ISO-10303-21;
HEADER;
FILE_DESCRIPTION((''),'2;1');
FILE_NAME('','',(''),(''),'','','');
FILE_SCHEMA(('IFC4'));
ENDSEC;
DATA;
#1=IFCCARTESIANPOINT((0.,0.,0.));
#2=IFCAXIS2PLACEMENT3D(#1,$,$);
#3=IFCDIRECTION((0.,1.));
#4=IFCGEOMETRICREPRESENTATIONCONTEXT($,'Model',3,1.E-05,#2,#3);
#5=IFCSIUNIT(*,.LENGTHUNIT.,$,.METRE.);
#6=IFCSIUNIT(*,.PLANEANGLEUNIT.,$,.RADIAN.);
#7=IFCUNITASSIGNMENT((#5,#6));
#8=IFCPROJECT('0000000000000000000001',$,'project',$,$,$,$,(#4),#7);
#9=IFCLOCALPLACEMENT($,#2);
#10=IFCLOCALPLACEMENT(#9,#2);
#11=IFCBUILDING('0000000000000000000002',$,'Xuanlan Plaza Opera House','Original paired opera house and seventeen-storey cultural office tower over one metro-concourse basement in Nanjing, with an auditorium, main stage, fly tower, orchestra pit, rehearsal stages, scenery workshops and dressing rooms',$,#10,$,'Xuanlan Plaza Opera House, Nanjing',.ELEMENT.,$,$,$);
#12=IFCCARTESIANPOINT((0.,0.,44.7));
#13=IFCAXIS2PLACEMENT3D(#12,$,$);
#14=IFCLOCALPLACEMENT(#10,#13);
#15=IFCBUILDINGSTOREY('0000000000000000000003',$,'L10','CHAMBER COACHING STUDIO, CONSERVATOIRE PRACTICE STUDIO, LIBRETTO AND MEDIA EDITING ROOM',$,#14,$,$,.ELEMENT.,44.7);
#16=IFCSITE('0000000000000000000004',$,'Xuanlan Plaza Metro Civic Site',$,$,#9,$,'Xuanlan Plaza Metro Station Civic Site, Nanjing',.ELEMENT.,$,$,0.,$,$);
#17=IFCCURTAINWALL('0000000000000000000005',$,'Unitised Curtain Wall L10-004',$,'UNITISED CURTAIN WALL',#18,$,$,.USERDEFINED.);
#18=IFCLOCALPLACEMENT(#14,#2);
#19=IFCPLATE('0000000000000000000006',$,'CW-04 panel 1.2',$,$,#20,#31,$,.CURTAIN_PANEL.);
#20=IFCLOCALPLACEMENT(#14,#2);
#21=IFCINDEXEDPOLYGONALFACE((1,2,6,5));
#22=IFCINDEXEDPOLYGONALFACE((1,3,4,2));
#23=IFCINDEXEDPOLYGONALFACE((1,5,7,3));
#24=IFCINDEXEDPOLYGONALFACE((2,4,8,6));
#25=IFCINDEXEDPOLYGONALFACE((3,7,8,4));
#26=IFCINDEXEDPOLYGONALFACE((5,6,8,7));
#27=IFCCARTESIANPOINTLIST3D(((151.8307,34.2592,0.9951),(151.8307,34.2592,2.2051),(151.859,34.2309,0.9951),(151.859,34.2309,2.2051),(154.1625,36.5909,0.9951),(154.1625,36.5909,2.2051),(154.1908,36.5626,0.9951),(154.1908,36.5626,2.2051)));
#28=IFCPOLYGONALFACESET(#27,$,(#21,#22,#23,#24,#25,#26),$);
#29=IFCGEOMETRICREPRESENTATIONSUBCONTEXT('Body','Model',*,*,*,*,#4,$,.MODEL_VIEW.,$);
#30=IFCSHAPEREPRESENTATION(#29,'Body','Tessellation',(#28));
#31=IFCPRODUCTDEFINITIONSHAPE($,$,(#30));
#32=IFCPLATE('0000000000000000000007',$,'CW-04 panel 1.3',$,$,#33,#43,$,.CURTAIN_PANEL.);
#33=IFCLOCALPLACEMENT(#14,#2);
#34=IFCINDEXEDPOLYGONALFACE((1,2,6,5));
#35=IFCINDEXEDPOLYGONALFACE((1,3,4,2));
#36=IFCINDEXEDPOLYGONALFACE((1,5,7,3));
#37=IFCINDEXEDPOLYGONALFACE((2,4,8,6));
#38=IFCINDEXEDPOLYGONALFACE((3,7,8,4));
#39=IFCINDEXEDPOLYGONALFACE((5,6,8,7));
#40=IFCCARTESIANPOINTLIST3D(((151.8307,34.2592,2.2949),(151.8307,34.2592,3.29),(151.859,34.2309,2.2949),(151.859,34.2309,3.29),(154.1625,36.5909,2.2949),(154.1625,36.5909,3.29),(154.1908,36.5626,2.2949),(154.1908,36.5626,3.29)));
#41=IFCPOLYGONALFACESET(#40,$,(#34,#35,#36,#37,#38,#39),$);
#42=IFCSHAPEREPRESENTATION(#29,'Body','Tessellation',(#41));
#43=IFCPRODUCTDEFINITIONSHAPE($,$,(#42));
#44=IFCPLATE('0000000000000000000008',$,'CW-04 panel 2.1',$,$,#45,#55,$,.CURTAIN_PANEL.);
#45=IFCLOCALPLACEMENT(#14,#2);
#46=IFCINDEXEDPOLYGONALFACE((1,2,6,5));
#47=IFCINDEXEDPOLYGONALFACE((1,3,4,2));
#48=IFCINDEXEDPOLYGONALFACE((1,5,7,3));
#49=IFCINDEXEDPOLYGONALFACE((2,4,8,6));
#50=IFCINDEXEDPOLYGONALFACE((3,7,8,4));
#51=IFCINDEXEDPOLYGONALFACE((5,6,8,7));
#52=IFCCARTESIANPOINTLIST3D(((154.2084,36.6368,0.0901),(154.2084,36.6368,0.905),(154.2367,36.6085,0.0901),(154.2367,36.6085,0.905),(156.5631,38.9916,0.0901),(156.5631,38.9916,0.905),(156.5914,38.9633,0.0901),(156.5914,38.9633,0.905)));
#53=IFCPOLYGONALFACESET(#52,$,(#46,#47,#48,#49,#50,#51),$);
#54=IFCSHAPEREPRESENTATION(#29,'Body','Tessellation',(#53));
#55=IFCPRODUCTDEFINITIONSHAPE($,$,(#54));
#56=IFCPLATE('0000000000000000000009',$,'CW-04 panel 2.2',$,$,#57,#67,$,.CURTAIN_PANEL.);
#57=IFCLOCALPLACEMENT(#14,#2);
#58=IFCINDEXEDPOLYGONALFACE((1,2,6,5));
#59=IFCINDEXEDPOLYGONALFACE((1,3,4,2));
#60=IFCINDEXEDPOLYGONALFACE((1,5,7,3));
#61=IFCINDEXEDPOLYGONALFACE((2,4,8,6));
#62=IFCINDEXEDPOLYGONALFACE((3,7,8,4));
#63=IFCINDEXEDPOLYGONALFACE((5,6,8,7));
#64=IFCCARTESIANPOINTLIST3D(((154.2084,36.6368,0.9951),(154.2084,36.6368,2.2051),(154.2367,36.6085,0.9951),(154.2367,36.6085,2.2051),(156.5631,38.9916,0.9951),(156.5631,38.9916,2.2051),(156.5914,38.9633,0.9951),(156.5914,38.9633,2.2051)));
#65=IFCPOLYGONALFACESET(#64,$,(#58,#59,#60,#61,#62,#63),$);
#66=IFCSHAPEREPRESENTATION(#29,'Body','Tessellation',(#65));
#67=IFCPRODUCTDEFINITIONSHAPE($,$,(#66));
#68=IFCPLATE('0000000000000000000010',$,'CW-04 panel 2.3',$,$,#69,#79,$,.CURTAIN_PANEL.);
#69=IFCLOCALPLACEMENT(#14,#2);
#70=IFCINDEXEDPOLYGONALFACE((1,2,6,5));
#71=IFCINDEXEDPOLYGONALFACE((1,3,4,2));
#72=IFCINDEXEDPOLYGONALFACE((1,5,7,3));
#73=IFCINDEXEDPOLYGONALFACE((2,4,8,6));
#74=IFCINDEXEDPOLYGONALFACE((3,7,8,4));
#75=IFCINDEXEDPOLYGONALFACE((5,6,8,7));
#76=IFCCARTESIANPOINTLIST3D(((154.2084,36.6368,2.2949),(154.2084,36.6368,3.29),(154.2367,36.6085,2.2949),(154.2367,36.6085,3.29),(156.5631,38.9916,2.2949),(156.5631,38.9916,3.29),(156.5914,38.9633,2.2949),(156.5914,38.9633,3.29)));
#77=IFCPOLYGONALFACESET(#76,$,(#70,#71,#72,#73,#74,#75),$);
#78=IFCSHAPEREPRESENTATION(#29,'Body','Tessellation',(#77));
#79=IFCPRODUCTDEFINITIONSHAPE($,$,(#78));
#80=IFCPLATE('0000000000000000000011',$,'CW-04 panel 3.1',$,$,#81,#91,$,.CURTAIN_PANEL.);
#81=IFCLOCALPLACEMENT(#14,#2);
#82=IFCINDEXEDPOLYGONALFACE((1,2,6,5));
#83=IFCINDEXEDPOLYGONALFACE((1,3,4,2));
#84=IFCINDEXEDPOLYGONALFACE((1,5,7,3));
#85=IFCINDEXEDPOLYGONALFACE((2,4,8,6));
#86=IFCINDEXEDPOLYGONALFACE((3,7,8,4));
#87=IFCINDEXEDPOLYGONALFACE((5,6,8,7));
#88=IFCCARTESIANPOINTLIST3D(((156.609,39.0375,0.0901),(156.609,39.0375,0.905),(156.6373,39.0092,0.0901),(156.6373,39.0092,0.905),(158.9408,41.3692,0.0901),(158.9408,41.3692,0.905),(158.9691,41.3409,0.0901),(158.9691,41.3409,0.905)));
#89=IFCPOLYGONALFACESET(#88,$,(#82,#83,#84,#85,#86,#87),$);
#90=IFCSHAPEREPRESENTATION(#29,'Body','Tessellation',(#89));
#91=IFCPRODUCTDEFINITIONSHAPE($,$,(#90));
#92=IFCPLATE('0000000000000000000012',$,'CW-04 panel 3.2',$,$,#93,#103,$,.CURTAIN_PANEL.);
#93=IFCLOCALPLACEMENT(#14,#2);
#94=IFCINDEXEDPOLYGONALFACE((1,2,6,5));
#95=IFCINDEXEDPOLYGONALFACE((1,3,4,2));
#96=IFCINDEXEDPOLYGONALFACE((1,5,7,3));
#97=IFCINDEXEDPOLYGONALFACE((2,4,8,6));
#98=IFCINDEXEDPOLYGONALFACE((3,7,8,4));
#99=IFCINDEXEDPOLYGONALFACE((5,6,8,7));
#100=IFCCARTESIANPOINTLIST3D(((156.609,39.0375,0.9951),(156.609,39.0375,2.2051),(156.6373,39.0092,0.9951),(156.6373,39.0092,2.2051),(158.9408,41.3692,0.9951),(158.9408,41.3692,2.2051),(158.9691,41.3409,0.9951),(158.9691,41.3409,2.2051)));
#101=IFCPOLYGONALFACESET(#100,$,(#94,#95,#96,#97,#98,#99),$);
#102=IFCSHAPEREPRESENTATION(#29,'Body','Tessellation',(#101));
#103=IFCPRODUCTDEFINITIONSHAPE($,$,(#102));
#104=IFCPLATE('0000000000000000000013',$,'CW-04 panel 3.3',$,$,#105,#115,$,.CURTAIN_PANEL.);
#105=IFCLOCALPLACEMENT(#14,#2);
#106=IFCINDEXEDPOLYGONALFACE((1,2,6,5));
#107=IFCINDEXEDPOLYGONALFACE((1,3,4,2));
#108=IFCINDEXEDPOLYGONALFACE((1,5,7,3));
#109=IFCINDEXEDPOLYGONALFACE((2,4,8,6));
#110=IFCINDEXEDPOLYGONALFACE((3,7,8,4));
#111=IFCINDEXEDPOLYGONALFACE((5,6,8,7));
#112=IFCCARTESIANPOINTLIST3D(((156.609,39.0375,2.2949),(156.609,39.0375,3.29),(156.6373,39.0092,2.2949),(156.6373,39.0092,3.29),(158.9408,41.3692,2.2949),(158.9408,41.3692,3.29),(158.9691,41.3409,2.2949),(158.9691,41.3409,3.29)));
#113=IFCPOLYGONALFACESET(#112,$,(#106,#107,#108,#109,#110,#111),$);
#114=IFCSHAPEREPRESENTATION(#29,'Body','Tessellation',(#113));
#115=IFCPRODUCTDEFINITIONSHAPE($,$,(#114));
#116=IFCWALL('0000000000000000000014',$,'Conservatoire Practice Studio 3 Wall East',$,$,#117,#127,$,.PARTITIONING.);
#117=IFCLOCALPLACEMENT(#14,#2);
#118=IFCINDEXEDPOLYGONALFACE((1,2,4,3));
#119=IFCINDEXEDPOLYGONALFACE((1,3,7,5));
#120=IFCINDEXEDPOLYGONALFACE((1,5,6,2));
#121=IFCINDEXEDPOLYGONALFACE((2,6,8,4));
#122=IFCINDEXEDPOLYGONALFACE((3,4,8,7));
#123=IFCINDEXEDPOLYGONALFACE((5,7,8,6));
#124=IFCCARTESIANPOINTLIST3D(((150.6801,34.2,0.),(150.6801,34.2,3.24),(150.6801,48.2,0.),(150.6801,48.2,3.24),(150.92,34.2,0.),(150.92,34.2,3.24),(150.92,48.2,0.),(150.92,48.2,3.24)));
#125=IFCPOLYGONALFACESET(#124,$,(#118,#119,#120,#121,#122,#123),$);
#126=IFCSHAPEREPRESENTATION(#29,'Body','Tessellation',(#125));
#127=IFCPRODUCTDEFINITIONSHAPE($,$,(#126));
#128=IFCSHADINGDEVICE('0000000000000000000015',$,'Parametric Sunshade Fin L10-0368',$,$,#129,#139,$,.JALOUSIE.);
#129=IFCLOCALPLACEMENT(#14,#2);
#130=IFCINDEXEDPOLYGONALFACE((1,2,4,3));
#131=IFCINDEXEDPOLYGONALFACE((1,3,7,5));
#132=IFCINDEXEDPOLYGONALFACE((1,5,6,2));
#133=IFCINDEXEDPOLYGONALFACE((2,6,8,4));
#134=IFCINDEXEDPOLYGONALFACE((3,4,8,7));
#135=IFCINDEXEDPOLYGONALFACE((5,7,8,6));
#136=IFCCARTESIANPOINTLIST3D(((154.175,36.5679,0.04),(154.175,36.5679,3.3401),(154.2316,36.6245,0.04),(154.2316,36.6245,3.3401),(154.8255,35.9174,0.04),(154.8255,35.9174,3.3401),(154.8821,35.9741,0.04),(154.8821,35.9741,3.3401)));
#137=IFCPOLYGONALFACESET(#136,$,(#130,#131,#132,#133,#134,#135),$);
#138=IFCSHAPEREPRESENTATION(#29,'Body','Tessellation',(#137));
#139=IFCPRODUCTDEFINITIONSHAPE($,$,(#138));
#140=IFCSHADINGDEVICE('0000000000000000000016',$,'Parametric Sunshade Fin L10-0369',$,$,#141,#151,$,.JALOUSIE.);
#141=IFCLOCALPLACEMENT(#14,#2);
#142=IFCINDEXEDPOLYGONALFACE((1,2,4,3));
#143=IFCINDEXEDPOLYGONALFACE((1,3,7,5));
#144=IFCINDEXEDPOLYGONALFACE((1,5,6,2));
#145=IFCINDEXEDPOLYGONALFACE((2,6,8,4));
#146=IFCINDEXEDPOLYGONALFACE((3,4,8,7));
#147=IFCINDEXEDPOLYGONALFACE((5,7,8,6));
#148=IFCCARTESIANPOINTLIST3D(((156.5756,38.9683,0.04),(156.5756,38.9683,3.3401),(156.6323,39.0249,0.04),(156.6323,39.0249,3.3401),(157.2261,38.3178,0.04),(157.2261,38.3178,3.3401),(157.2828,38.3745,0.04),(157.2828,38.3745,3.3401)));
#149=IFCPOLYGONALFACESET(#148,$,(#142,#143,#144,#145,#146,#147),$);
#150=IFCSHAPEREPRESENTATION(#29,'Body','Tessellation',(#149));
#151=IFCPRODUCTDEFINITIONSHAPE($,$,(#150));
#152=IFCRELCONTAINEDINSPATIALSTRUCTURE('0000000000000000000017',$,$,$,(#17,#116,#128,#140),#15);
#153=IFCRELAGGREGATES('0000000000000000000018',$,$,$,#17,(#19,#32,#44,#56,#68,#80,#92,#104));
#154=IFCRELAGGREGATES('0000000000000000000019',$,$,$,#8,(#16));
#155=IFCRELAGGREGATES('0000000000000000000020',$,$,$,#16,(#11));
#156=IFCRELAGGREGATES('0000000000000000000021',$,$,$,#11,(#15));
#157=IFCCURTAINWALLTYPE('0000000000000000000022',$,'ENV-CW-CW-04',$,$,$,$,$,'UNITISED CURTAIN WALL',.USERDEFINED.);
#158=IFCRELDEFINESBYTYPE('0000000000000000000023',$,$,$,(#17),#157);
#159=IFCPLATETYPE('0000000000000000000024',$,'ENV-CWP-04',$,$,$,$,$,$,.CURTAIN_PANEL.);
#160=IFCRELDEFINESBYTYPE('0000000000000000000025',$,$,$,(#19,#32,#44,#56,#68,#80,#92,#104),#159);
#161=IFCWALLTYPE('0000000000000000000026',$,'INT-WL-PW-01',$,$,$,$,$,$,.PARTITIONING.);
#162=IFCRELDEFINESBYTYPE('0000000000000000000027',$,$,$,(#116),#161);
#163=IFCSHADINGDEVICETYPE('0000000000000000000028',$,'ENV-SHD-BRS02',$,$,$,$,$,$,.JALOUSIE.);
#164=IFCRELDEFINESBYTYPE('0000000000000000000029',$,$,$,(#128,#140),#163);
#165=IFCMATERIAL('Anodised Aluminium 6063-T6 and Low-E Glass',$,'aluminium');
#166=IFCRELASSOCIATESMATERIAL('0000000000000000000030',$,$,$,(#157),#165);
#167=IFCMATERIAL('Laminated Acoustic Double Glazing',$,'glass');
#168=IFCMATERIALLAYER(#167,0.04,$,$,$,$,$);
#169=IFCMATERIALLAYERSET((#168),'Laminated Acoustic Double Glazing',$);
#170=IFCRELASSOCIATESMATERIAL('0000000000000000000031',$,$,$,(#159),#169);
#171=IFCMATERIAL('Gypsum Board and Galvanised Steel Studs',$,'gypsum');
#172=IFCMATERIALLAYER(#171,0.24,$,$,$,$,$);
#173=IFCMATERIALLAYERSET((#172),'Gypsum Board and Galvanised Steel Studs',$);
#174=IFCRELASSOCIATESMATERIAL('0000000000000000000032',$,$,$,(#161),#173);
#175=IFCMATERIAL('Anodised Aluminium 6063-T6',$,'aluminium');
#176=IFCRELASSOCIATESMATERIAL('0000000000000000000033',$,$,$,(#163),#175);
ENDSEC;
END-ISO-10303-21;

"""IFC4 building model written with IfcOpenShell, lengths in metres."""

from ifc_helpers import new_model, si_unit, direction, frame, frame_2d, origin, origin_2d, place, context, subcontext, project, spatial, rectangle, extrude, material, layer, layer_set, type_object, element, aggregate, save


model = new_model("IFC4")

# Units and contexts
model_context = context("Model", 3, precision=1e-05, world=origin(), true_north=direction((0.0, 1.0)))
body_context = subcontext(model_context, "Body", "Model", "MODEL_VIEW")
ifc_project = project(units=[si_unit("LENGTHUNIT", "METRE"), si_unit("PLANEANGLEUNIT", "RADIAN")], contexts=[model_context])

# Site, building, storey
site_placement = place(None, origin())
site = spatial("IfcSite", under=ifc_project, at=site_placement, Name="Xuanlan Plaza Metro Civic Site", LongName="Xuanlan Plaza Metro Station Civic Site, Nanjing", CompositionType="ELEMENT", RefElevation=0.0)
building_placement = place(site_placement, origin())
building = spatial("IfcBuilding", under=site, at=building_placement, Name="Xuanlan Plaza Opera House", Description="Original paired opera house and seventeen-storey cultural office tower over one metro-concourse basement in Nanjing, with an auditorium, main stage, fly tower, orchestra pit, rehearsal stages, scenery workshops and dressing rooms", LongName="Xuanlan Plaza Opera House, Nanjing", CompositionType="ELEMENT")
storey_placement = place(building_placement, frame((0.0, 0.0, 44.7)))
storey = spatial("IfcBuildingStorey", under=building, at=storey_placement, Name="L10", Description="CHAMBER COACHING STUDIO, CONSERVATOIRE PRACTICE STUDIO, LIBRETTO AND MEDIA EDITING ROOM", CompositionType="ELEMENT", Elevation=44.7)

# Curtain wall
ifc_material_1 = material(Name="Anodised Aluminium 6063-T6 and Low-E Glass", Category="aluminium")
curtain_wall_type_1 = type_object("IfcCurtainWallType", Name="ENV-CW-CW-04", ElementType="UNITISED CURTAIN WALL", PredefinedType="USERDEFINED", material=ifc_material_1)
curtain_wall_1_placement = place(storey_placement, origin())
curtain_wall_1 = element("IfcCurtainWall", 1, at=curtain_wall_1_placement, inside=storey, type_object=curtain_wall_type_1, Name="Unitised Curtain Wall L10-004", ObjectType="UNITISED CURTAIN WALL", PredefinedType="USERDEFINED")
ifc_material_2 = material(Name="Anodised Aluminium 6063-T6", Category="aluminium")

# Plates
ifc_material_3 = material(Name="Laminated Acoustic Double Glazing", Category="glass")
ifc_layer_1 = layer(ifc_material_3, 0.04)
ifc_layer_set_1 = layer_set([ifc_layer_1], Name="Laminated Acoustic Double Glazing")
plate_type_1 = type_object("IfcPlateType", Name="ENV-CWP-04", PredefinedType="CURTAIN_PANEL", material=ifc_layer_set_1)
plate_1_placement = place(storey_placement, frame((153.0107, 35.4109, 0.9951), z_axis=(0.0, 0.0, 1.0), x_axis=(0.707107, 0.707107, 0.0)))
plate_1 = element("IfcPlate", 2, at=plate_1_placement, type_object=plate_type_1, Name="CW-04 panel 1.2", PredefinedType="CURTAIN_PANEL", context=body_context, shape_type="SweptSolid", body=[
    extrude(rectangle(XDim=3.2976, YDim=0.04, at=origin_2d()), origin(), (0.0, 0.0, 1.0), 1.21),
])
plate_2_placement = place(storey_placement, frame((153.0107, 35.4109, 2.2949), z_axis=(0.0, 0.0, 1.0), x_axis=(0.707107, 0.707107, 0.0)))
plate_2 = element("IfcPlate", 3, at=plate_2_placement, type_object=plate_type_1, Name="CW-04 panel 1.3", PredefinedType="CURTAIN_PANEL", context=body_context, shape_type="SweptSolid", body=[
    extrude(rectangle(XDim=3.2976, YDim=0.04, at=origin_2d()), origin(), (0.0, 0.0, 1.0), 0.9951),
])
plate_3_placement = place(storey_placement, frame((155.3999, 37.8, 0.0901), z_axis=(0.0, 0.0, 1.0), x_axis=(0.707107, 0.707107, 0.0)))
plate_3 = element("IfcPlate", 4, at=plate_3_placement, type_object=plate_type_1, Name="CW-04 panel 2.1", PredefinedType="CURTAIN_PANEL", context=body_context, shape_type="SweptSolid", body=[
    extrude(rectangle(XDim=3.3301, YDim=0.04, at=origin_2d()), origin(), (0.0, 0.0, 1.0), 0.8149),
])
plate_4_placement = place(storey_placement, frame((155.3999, 37.8, 0.9951), z_axis=(0.0, 0.0, 1.0), x_axis=(0.707107, 0.707107, 0.0)))
plate_4 = element("IfcPlate", 5, at=plate_4_placement, type_object=plate_type_1, Name="CW-04 panel 2.2", PredefinedType="CURTAIN_PANEL", context=body_context, shape_type="SweptSolid", body=[
    extrude(rectangle(XDim=3.3301, YDim=0.04, at=origin_2d()), origin(), (0.0, 0.0, 1.0), 1.21),
])
plate_5_placement = place(storey_placement, frame((155.3999, 37.8, 2.2949), z_axis=(0.0, 0.0, 1.0), x_axis=(0.707107, 0.707107, 0.0)))
plate_5 = element("IfcPlate", 6, at=plate_5_placement, type_object=plate_type_1, Name="CW-04 panel 2.3", PredefinedType="CURTAIN_PANEL", context=body_context, shape_type="SweptSolid", body=[
    extrude(rectangle(XDim=3.3301, YDim=0.04, at=origin_2d()), origin(), (0.0, 0.0, 1.0), 0.9951),
])
plate_6_placement = place(storey_placement, frame((157.7891, 40.1892, 0.0901), z_axis=(0.0, 0.0, 1.0), x_axis=(0.707107, 0.707107, 0.0)))
plate_6 = element("IfcPlate", 7, at=plate_6_placement, type_object=plate_type_1, Name="CW-04 panel 3.1", PredefinedType="CURTAIN_PANEL", context=body_context, shape_type="SweptSolid", body=[
    extrude(rectangle(XDim=3.2976, YDim=0.04, at=origin_2d()), origin(), (0.0, 0.0, 1.0), 0.8149),
])
plate_7_placement = place(storey_placement, frame((157.7891, 40.1892, 0.9951), z_axis=(0.0, 0.0, 1.0), x_axis=(0.707107, 0.707107, 0.0)))
plate_7 = element("IfcPlate", 8, at=plate_7_placement, type_object=plate_type_1, Name="CW-04 panel 3.2", PredefinedType="CURTAIN_PANEL", context=body_context, shape_type="SweptSolid", body=[
    extrude(rectangle(XDim=3.2976, YDim=0.04, at=origin_2d()), origin(), (0.0, 0.0, 1.0), 1.21),
])
plate_8_placement = place(storey_placement, frame((157.7891, 40.1892, 2.2949), z_axis=(0.0, 0.0, 1.0), x_axis=(0.707107, 0.707107, 0.0)))
plate_8 = element("IfcPlate", 9, at=plate_8_placement, type_object=plate_type_1, Name="CW-04 panel 3.3", PredefinedType="CURTAIN_PANEL", context=body_context, shape_type="SweptSolid", body=[
    extrude(rectangle(XDim=3.2976, YDim=0.04, at=origin_2d()), origin(), (0.0, 0.0, 1.0), 0.9951),
])
aggregate(curtain_wall_1, [plate_1, plate_2, plate_3, plate_4, plate_5, plate_6, plate_7, plate_8])

# Wall
ifc_material_4 = material(Name="Gypsum Board and Galvanised Steel Studs", Category="gypsum")
ifc_layer_2 = layer(ifc_material_4, 0.24)
ifc_layer_set_2 = layer_set([ifc_layer_2], Name="Gypsum Board and Galvanised Steel Studs")
wall_type = type_object("IfcWallType", Name="INT-WL-PW-01", PredefinedType="PARTITIONING", material=ifc_layer_set_2)
wall_placement = place(storey_placement, frame((150.8, 34.2, 0.0), z_axis=(0.0, 0.0, 1.0), x_axis=(0.0, 1.0, 0.0)))
element("IfcWall", 10, at=wall_placement, inside=storey, type_object=wall_type, Name="Conservatoire Practice Studio 3 Wall East", PredefinedType="PARTITIONING", context=body_context, shape_type="SweptSolid", body=[
    extrude(rectangle(XDim=14.0, YDim=0.24, at=frame_2d((7.0, 0.0))), origin(), (0.0, 0.0, 1.0), 3.24),
])

# Shading devices
shading_device_type = type_object("IfcShadingDeviceType", Name="ENV-SHD-BRS02", PredefinedType="JALOUSIE", material=ifc_material_2)
for number, where, z_axis, x_axis, name in (
    (11, (154.5286, 36.271, 0.04), (0.0, 0.0, 1.0), (0.707107, -0.707107, 0.0), "Parametric Sunshade Fin L10-0368"),
    (12, (156.9292, 38.6714, 0.04), (0.0, 0.0, 1.0), (0.707107, -0.707107, 0.0), "Parametric Sunshade Fin L10-0369"),
):
    element("IfcShadingDevice", number, at=place(storey_placement, frame(where, z_axis=z_axis, x_axis=x_axis)), inside=storey, type_object=shading_device_type, Name=name, PredefinedType="JALOUSIE", context=body_context, shape_type="SweptSolid", body=[
        extrude(rectangle(XDim=0.9199, YDim=0.0801, at=origin_2d()), origin(), (0.0, 0.0, 1.0), 3.3),
    ])

save(model, "model.ifc")
